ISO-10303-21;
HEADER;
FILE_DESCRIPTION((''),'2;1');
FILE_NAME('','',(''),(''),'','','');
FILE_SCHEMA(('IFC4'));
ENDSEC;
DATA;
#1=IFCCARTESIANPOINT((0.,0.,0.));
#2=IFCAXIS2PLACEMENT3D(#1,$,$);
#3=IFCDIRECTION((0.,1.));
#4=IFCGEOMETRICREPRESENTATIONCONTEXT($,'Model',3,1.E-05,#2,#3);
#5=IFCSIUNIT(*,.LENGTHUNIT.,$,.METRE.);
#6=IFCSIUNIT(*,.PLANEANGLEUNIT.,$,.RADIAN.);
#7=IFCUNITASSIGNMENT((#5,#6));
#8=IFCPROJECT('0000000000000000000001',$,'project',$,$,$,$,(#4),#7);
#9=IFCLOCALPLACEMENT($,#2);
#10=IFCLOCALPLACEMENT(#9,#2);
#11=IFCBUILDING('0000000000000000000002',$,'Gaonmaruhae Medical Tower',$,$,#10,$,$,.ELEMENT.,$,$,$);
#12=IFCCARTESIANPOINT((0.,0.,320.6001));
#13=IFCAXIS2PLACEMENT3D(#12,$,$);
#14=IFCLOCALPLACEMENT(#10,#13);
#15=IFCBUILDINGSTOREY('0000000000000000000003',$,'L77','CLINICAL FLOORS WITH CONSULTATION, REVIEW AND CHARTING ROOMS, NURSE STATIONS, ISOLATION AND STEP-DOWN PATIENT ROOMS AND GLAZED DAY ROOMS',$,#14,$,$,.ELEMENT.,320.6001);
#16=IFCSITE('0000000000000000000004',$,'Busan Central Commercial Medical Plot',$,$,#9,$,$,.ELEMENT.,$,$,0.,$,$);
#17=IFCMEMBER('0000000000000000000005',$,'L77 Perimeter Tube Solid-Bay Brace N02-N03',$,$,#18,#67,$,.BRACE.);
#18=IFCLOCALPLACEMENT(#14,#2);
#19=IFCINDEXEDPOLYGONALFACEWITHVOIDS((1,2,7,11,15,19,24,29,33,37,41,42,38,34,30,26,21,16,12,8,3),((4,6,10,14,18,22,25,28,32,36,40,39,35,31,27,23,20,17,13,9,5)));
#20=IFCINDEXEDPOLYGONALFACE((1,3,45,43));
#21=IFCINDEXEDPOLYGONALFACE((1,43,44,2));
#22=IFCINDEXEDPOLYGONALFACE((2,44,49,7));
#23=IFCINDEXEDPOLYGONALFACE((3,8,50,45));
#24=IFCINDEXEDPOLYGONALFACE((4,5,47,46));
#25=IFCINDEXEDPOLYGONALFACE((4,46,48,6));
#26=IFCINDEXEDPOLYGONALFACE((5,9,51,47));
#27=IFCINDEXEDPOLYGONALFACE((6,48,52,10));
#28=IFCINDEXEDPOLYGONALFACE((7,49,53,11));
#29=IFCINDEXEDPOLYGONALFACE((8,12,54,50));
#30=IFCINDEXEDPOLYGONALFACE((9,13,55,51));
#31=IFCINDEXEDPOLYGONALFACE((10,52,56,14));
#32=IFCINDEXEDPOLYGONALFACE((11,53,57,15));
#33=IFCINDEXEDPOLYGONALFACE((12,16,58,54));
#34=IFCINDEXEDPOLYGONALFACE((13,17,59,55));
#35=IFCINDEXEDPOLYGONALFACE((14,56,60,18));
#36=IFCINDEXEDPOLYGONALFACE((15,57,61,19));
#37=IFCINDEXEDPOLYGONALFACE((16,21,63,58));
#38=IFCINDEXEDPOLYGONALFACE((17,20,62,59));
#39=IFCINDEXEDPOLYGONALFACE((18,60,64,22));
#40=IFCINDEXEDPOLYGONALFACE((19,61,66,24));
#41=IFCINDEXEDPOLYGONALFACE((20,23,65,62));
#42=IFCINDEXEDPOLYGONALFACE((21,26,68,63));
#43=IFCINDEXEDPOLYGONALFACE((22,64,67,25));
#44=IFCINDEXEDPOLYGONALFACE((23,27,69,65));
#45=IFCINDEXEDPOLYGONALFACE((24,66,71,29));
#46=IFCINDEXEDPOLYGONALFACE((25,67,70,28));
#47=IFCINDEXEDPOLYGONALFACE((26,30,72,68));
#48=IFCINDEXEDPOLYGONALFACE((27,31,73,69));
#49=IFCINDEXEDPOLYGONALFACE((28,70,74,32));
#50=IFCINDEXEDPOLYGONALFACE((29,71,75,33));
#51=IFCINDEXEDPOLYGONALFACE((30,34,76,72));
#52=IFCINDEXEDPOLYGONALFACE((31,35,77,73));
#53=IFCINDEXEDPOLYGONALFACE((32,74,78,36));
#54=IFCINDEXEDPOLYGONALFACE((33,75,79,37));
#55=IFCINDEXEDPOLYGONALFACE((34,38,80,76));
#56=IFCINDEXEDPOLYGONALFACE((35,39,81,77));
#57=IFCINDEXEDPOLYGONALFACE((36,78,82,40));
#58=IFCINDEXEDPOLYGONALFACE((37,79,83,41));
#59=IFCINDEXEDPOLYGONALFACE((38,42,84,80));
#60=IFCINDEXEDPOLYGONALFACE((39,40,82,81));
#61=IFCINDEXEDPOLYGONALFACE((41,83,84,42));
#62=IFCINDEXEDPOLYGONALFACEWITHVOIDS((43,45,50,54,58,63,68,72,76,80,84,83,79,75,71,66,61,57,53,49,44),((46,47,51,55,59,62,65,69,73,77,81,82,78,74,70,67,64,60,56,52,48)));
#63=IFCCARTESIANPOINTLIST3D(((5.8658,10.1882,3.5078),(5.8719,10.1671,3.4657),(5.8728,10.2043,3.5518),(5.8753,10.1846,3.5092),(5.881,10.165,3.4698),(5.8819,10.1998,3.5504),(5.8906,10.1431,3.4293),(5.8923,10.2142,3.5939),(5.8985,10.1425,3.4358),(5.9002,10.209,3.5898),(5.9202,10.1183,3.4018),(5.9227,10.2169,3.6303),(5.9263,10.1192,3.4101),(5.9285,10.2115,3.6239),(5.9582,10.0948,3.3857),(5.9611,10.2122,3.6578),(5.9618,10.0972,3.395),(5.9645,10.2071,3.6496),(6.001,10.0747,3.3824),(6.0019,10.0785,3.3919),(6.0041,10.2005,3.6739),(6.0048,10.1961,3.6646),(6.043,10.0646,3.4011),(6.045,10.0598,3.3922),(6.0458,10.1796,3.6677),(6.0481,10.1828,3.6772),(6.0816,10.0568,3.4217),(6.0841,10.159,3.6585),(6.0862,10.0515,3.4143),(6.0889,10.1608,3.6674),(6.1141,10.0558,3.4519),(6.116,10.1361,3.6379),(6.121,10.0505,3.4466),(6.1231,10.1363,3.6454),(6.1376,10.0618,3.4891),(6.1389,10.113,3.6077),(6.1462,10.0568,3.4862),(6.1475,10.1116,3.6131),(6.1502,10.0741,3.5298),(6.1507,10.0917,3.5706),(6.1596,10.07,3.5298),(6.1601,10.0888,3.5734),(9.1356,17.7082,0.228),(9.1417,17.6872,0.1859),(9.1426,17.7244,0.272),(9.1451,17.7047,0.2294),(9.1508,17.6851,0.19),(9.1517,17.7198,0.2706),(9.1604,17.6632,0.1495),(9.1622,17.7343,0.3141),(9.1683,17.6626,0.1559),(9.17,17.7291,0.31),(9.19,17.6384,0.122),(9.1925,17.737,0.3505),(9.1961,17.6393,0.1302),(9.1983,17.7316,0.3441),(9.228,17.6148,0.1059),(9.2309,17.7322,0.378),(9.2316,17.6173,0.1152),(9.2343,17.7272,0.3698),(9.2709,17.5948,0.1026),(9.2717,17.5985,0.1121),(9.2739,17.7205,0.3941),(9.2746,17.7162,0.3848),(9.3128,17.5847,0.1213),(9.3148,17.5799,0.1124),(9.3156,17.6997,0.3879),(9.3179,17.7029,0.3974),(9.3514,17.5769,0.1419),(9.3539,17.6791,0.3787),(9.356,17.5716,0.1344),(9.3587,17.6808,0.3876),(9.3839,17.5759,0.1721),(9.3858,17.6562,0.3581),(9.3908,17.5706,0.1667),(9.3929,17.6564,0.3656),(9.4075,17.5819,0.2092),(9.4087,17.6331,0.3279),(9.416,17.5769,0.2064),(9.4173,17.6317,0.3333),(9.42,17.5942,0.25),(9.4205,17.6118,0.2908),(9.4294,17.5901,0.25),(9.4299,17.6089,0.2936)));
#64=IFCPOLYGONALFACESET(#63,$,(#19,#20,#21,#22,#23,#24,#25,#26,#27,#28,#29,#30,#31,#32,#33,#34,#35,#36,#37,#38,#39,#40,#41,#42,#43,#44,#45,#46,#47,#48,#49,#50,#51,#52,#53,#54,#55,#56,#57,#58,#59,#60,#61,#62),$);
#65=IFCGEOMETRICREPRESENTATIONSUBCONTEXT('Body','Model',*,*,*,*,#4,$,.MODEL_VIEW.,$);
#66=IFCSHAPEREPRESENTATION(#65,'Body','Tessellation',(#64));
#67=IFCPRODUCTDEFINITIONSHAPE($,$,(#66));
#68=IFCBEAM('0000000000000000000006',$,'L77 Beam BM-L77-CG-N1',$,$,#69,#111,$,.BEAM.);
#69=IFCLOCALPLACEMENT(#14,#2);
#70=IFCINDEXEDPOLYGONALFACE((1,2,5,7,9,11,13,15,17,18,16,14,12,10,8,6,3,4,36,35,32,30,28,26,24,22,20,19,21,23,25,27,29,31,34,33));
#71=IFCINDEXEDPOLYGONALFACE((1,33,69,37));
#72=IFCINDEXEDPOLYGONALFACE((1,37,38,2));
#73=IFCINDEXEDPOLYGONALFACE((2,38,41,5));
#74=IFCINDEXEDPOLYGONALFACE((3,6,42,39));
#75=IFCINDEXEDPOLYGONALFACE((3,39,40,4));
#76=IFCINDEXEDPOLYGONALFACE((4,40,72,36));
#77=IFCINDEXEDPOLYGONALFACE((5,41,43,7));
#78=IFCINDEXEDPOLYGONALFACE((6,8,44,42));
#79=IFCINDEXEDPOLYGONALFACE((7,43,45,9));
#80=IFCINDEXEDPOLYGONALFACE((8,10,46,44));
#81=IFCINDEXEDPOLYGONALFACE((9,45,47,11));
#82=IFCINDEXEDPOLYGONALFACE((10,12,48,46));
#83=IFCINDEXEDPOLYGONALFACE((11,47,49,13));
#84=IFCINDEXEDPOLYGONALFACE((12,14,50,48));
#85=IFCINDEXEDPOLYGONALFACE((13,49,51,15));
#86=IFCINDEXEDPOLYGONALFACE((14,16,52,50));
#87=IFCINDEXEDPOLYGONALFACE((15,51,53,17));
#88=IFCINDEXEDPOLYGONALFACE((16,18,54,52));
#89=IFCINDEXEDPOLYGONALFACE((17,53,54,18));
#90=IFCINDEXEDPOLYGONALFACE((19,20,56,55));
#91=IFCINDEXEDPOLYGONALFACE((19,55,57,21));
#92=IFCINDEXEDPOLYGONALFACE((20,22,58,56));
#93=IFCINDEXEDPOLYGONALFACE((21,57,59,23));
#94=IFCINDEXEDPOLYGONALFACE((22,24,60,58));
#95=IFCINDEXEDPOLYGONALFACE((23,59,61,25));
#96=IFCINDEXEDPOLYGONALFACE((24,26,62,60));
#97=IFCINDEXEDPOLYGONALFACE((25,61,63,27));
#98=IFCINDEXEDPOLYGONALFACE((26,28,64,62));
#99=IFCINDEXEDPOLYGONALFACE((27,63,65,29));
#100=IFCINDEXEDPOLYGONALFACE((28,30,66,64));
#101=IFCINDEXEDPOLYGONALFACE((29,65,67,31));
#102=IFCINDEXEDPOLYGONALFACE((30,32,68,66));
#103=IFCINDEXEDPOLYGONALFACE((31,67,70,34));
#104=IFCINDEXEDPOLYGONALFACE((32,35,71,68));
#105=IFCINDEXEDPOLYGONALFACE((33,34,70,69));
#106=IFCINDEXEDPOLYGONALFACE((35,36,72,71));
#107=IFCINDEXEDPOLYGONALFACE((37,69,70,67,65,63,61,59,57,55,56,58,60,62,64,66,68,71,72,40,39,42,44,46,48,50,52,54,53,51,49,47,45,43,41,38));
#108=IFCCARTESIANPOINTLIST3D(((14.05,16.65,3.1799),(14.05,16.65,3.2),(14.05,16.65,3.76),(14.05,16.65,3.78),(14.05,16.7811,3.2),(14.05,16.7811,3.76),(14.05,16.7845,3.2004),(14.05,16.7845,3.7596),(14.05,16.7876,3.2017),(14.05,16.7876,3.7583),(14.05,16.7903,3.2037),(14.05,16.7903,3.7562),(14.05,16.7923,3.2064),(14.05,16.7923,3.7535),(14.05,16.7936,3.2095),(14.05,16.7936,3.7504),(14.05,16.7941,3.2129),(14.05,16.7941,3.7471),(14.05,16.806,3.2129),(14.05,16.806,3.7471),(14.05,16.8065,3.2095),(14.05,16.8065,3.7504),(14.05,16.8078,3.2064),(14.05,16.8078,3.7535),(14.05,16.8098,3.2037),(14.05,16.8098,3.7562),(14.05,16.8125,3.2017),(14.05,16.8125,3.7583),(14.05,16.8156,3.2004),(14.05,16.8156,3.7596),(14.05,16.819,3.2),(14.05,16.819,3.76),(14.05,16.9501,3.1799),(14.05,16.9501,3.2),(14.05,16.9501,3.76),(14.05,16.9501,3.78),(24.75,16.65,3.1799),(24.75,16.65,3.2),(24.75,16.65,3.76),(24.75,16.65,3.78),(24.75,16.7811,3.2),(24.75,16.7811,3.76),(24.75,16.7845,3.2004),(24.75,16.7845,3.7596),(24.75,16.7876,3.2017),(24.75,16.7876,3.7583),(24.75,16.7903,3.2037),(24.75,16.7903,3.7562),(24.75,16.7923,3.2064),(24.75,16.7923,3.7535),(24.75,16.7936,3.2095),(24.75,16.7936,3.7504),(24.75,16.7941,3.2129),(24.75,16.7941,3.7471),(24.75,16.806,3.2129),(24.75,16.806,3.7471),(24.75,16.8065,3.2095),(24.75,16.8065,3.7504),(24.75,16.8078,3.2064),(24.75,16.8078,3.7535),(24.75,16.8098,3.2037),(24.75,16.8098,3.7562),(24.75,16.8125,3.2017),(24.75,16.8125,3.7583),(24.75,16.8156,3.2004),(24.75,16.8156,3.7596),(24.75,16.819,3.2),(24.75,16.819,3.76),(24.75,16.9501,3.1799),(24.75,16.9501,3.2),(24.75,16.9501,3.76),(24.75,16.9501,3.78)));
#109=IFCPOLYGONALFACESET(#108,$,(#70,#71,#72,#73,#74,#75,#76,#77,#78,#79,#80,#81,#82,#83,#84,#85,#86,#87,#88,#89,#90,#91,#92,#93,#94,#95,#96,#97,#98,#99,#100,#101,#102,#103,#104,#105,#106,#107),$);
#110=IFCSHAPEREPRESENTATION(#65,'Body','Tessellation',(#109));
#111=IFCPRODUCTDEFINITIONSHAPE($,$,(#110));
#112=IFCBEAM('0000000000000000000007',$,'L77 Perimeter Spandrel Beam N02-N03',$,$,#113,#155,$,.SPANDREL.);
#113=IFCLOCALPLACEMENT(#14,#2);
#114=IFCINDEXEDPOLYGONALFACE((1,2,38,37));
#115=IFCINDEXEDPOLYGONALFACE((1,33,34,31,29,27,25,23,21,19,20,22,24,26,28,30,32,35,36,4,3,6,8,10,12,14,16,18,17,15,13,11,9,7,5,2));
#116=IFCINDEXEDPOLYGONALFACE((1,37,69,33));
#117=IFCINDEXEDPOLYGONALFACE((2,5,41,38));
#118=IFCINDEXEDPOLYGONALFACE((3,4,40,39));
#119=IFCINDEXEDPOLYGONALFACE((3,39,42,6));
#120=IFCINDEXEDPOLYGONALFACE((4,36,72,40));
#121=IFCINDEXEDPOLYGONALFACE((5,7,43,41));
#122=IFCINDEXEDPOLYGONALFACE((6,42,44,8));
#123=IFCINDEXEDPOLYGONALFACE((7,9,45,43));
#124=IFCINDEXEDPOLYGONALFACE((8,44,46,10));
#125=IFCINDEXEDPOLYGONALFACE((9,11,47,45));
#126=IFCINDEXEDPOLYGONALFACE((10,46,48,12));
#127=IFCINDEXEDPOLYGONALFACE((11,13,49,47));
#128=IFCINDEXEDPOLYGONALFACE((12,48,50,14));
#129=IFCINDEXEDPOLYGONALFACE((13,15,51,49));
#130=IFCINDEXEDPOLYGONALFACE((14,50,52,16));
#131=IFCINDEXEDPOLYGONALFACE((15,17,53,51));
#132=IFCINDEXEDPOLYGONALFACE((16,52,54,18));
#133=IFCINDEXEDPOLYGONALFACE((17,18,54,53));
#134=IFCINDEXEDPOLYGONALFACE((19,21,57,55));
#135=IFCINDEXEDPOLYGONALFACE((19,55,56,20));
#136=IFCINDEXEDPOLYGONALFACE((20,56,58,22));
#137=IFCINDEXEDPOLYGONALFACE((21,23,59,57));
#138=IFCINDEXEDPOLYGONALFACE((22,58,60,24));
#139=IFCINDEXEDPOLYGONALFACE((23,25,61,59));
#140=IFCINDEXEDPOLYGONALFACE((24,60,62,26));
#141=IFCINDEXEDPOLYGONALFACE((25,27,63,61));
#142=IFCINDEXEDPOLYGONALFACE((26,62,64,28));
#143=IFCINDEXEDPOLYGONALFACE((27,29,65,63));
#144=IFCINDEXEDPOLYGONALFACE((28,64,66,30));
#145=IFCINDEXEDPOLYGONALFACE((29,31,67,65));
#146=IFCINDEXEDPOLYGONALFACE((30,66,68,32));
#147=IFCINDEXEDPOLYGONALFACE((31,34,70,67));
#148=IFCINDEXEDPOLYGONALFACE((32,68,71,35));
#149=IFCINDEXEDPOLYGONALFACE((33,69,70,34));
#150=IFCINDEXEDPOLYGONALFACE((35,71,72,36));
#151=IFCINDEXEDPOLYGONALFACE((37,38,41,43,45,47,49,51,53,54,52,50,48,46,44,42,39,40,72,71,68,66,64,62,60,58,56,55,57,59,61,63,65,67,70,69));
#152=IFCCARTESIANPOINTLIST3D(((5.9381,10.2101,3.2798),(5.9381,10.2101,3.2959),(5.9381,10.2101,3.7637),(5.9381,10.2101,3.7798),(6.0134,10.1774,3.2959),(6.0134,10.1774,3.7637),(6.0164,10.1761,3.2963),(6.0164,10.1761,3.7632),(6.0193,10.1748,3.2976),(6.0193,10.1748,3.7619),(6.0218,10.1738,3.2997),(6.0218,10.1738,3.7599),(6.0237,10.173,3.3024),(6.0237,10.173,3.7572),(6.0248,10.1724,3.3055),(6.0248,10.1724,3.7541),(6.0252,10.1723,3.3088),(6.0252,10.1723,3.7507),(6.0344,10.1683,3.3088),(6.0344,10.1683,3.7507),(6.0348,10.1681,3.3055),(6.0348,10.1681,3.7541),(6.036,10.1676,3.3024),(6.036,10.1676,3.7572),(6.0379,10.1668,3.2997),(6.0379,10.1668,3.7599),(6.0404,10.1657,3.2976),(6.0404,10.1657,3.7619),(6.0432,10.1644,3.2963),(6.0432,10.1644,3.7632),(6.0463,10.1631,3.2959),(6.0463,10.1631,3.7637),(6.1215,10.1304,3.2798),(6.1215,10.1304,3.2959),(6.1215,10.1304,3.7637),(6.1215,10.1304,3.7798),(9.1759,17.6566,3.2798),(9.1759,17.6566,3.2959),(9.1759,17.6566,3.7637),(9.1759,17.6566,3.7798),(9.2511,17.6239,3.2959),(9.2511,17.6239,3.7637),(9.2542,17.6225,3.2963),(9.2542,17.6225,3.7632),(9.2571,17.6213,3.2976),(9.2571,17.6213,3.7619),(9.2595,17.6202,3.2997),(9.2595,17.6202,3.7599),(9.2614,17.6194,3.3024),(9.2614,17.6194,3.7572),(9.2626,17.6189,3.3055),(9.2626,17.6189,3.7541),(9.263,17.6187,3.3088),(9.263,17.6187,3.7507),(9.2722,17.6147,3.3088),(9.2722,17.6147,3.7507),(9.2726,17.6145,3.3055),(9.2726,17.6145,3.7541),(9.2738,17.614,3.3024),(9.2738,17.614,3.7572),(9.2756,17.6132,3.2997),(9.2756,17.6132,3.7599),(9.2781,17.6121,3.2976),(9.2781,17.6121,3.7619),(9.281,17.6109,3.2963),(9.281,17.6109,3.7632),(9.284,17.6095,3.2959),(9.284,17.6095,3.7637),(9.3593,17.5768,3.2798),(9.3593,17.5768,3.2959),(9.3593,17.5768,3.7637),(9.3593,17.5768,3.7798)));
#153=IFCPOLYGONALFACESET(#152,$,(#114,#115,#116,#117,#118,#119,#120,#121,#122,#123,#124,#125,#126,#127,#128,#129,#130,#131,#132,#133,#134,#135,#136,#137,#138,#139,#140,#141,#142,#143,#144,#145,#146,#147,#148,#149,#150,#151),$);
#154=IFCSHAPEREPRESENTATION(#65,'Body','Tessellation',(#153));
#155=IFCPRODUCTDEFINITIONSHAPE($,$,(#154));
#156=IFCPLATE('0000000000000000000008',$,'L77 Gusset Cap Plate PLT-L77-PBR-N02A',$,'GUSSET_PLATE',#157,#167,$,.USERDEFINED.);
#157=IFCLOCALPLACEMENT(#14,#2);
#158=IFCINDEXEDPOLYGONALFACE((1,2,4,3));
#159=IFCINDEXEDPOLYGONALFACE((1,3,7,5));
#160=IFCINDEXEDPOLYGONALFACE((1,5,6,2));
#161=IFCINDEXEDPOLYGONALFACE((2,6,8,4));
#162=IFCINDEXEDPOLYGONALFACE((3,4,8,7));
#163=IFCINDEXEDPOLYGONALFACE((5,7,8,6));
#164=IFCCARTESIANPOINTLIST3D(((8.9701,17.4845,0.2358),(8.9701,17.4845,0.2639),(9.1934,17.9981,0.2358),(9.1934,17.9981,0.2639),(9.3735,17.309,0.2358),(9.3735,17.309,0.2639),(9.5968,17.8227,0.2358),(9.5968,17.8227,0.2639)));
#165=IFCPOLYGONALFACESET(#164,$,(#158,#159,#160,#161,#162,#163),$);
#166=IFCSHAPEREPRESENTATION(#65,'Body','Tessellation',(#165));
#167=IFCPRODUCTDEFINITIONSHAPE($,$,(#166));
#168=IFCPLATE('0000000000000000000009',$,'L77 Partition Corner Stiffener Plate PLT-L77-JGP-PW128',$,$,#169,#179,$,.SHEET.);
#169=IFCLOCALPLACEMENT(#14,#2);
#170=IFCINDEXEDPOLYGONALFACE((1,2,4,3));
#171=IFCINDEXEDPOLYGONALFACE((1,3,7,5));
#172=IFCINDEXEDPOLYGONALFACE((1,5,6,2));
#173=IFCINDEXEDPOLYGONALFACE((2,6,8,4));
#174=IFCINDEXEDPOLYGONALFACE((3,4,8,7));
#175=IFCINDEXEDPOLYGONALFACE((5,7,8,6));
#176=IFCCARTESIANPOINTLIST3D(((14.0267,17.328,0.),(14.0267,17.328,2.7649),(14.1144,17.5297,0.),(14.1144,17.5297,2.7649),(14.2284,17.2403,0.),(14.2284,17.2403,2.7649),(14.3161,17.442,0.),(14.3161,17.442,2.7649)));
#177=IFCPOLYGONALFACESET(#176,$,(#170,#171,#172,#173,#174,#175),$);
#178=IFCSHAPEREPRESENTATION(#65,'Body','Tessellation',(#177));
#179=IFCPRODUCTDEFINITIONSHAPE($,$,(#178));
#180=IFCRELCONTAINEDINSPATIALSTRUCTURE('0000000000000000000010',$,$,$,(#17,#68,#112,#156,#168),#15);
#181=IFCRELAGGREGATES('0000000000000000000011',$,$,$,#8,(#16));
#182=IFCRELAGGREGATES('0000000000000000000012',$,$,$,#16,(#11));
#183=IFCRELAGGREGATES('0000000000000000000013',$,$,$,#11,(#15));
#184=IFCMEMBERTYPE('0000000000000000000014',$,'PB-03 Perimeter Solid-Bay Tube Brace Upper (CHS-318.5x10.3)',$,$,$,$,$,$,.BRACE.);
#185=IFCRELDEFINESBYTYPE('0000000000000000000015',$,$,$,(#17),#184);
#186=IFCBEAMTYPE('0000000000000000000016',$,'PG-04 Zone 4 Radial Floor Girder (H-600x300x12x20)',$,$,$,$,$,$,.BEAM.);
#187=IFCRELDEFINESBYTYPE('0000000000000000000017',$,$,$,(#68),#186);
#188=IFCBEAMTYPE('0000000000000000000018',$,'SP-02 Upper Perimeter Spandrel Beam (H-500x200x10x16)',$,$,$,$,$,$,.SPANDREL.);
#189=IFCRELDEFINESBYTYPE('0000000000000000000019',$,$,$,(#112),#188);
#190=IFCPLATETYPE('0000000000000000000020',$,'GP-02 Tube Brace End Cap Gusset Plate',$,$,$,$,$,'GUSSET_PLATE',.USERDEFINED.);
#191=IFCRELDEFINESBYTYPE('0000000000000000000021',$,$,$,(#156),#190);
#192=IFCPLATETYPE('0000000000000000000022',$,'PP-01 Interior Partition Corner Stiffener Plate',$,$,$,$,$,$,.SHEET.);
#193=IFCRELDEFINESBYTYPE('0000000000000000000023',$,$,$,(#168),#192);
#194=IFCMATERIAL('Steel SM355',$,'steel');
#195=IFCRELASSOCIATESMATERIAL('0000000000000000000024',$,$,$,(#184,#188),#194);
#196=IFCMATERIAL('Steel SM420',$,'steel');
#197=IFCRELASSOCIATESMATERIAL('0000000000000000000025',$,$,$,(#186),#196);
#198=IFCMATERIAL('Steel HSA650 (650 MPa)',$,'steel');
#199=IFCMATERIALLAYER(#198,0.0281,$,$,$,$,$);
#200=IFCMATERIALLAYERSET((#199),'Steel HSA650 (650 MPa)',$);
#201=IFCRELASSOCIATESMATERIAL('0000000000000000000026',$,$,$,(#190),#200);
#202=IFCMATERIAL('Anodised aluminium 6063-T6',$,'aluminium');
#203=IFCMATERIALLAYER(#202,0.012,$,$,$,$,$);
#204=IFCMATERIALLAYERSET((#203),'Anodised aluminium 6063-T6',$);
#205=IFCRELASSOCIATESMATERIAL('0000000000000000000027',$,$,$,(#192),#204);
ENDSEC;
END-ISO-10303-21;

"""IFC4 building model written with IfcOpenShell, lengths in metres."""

from ifc_helpers import new_model, si_unit, direction, frame, origin, origin_2d, place, context, subcontext, project, spatial, rectangle, hollow_circle, i_section, extrude, material, layer, layer_set, material_profile, profile_set, type_object, element, save


model = new_model("IFC4")

# Units and contexts
model_context = context("Model", 3, precision=1e-05, world=origin(), true_north=direction((0.0, 1.0)))
body_context = subcontext(model_context, "Body", "Model", "MODEL_VIEW")
ifc_project = project(units=[si_unit("LENGTHUNIT", "METRE"), si_unit("PLANEANGLEUNIT", "RADIAN")], contexts=[model_context])

# Site, building, storey
site_placement = place(None, origin())
site = spatial("IfcSite", under=ifc_project, at=site_placement, Name="Busan Central Commercial Medical Plot", CompositionType="ELEMENT", RefElevation=0.0)
building_placement = place(site_placement, origin())
building = spatial("IfcBuilding", under=site, at=building_placement, Name="Gaonmaruhae Medical Tower", CompositionType="ELEMENT")
storey_placement = place(building_placement, frame((0.0, 0.0, 320.6001)))
storey = spatial("IfcBuildingStorey", under=building, at=storey_placement, Name="L77", Description="CLINICAL FLOORS WITH CONSULTATION, REVIEW AND CHARTING ROOMS, NURSE STATIONS, ISOLATION AND STEP-DOWN PATIENT ROOMS AND GLAZED DAY ROOMS", CompositionType="ELEMENT", Elevation=320.6001)

# Shared definitions
ifc_material_1 = material(Name="Steel SM420", Category="steel")
ifc_material_2 = material(Name="Steel SM355", Category="steel")

# Member
ifc_material_profile_1 = material_profile(ifc_material_2, hollow_circle(Radius=0.1592, WallThickness=0.0103, at=origin_2d()), Name="CHS-318.5x10.3")
ifc_profile_set_1 = profile_set([ifc_material_profile_1], Name="Steel SM355")
member_type = type_object("IfcMemberType", Name="PB-03 Perimeter Solid-Bay Tube Brace Upper (CHS-318.5x10.3)", PredefinedType="BRACE", material=ifc_profile_set_1)
member_placement = place(storey_placement, frame((9.2834, 17.6536, 0.25), z_axis=(-0.370231, -0.851479, 0.371365), x_axis=(0.917061, -0.398747, 0.0)))
element("IfcMember", 1, at=member_placement, inside=storey, type_object=member_type, Name="L77 Perimeter Tube Solid-Bay Brace N02-N03", PredefinedType="BRACE", context=body_context, shape_type="SweptSolid", body=[
    extrude(hollow_circle(Radius=0.1592, WallThickness=0.0103, at=origin_2d()), origin(), (0.0, 0.0, 1.0), 8.8318),
])

# Beams
ifc_material_profile_2 = material_profile(ifc_material_1, i_section(OverallWidth=0.3, OverallDepth=0.6001, WebThickness=0.012, FlangeThickness=0.02, FilletRadius=0.0129, at=origin_2d()), Name="H-600x300x12x20")
ifc_profile_set_2 = profile_set([ifc_material_profile_2], Name="Steel SM420")
beam_type_1 = type_object("IfcBeamType", Name="PG-04 Zone 4 Radial Floor Girder (H-600x300x12x20)", PredefinedType="BEAM", material=ifc_profile_set_2)
beam_1_placement = place(storey_placement, frame((14.05, 16.8, 3.48), z_axis=(1.0, 0.0, 0.0), x_axis=(0.0, 1.0, 0.0)))
element("IfcBeam", 2, at=beam_1_placement, inside=storey, type_object=beam_type_1, Name="L77 Beam BM-L77-CG-N1", PredefinedType="BEAM", context=body_context, shape_type="SweptSolid", body=[
    extrude(i_section(OverallWidth=0.3, OverallDepth=0.6001, WebThickness=0.012, FlangeThickness=0.02, FilletRadius=0.0129, at=origin_2d()), origin(), (0.0, 0.0, 1.0), 10.7),
])
ifc_material_profile_3 = material_profile(ifc_material_2, i_section(OverallWidth=0.2, OverallDepth=0.5, WebThickness=0.01, FlangeThickness=0.0161, FilletRadius=0.0129, at=origin_2d()), Name="H-500x200x10x16")
ifc_profile_set_3 = profile_set([ifc_material_profile_3], Name="Steel SM355")
beam_type_2 = type_object("IfcBeamType", Name="SP-02 Upper Perimeter Spandrel Beam (H-500x200x10x16)", PredefinedType="SPANDREL", material=ifc_profile_set_3)
beam_2_placement = place(storey_placement, frame((9.2676, 17.6167, 3.5298), z_axis=(-0.398744, -0.917062, 0.0), x_axis=(0.917062, -0.398744, 0.0)))
element("IfcBeam", 3, at=beam_2_placement, inside=storey, type_object=beam_type_2, Name="L77 Perimeter Spandrel Beam N02-N03", PredefinedType="SPANDREL", context=body_context, shape_type="SweptSolid", body=[
    extrude(i_section(OverallWidth=0.2, OverallDepth=0.5, WebThickness=0.01, FlangeThickness=0.0161, FilletRadius=0.0129, at=origin_2d()), origin(), (0.0, 0.0, 1.0), 8.1199),
])

# Plates
ifc_material_3 = material(Name="Steel HSA650 (650 MPa)", Category="steel")
ifc_layer_1 = layer(ifc_material_3, 0.0281)
ifc_layer_set_1 = layer_set([ifc_layer_1], Name="Steel HSA650 (650 MPa)")
plate_type_1 = type_object("IfcPlateType", Name="GP-02 Tube Brace End Cap Gusset Plate", ElementType="GUSSET_PLATE", PredefinedType="USERDEFINED", material=ifc_layer_set_1)
plate_1_placement = place(storey_placement, frame((9.2834, 17.6536, 0.2358), z_axis=(0.0, 0.0, 1.0), x_axis=(0.398749, 0.91706, 0.0)))
element("IfcPlate", 4, at=plate_1_placement, inside=storey, type_object=plate_type_1, Name="L77 Gusset Cap Plate PLT-L77-PBR-N02A", ObjectType="GUSSET_PLATE", PredefinedType="USERDEFINED", context=body_context, shape_type="SweptSolid", body=[
    extrude(rectangle(XDim=0.5601, YDim=0.4399, at=origin_2d()), origin(), (0.0, 0.0, 1.0), 0.0281),
])
ifc_material_4 = material(Name="Anodised aluminium 6063-T6", Category="aluminium")
ifc_layer_2 = layer(ifc_material_4, 0.012)
ifc_layer_set_2 = layer_set([ifc_layer_2], Name="Anodised aluminium 6063-T6")
plate_type_2 = type_object("IfcPlateType", Name="PP-01 Interior Partition Corner Stiffener Plate", PredefinedType="SHEET", material=ifc_layer_set_2)
plate_2_placement = place(storey_placement, frame((14.1714, 17.385, 0.0), z_axis=(0.0, 0.0, 1.0), x_axis=(-0.398941, -0.916977, 0.0)))
element("IfcPlate", 5, at=plate_2_placement, inside=storey, type_object=plate_type_2, Name="L77 Partition Corner Stiffener Plate PLT-L77-JGP-PW128", PredefinedType="SHEET", context=body_context, shape_type="SweptSolid", body=[
    extrude(rectangle(XDim=0.22, YDim=0.22, at=origin_2d()), origin(), (0.0, 0.0, 1.0), 2.7649),
])

save(model, "model.ifc")
